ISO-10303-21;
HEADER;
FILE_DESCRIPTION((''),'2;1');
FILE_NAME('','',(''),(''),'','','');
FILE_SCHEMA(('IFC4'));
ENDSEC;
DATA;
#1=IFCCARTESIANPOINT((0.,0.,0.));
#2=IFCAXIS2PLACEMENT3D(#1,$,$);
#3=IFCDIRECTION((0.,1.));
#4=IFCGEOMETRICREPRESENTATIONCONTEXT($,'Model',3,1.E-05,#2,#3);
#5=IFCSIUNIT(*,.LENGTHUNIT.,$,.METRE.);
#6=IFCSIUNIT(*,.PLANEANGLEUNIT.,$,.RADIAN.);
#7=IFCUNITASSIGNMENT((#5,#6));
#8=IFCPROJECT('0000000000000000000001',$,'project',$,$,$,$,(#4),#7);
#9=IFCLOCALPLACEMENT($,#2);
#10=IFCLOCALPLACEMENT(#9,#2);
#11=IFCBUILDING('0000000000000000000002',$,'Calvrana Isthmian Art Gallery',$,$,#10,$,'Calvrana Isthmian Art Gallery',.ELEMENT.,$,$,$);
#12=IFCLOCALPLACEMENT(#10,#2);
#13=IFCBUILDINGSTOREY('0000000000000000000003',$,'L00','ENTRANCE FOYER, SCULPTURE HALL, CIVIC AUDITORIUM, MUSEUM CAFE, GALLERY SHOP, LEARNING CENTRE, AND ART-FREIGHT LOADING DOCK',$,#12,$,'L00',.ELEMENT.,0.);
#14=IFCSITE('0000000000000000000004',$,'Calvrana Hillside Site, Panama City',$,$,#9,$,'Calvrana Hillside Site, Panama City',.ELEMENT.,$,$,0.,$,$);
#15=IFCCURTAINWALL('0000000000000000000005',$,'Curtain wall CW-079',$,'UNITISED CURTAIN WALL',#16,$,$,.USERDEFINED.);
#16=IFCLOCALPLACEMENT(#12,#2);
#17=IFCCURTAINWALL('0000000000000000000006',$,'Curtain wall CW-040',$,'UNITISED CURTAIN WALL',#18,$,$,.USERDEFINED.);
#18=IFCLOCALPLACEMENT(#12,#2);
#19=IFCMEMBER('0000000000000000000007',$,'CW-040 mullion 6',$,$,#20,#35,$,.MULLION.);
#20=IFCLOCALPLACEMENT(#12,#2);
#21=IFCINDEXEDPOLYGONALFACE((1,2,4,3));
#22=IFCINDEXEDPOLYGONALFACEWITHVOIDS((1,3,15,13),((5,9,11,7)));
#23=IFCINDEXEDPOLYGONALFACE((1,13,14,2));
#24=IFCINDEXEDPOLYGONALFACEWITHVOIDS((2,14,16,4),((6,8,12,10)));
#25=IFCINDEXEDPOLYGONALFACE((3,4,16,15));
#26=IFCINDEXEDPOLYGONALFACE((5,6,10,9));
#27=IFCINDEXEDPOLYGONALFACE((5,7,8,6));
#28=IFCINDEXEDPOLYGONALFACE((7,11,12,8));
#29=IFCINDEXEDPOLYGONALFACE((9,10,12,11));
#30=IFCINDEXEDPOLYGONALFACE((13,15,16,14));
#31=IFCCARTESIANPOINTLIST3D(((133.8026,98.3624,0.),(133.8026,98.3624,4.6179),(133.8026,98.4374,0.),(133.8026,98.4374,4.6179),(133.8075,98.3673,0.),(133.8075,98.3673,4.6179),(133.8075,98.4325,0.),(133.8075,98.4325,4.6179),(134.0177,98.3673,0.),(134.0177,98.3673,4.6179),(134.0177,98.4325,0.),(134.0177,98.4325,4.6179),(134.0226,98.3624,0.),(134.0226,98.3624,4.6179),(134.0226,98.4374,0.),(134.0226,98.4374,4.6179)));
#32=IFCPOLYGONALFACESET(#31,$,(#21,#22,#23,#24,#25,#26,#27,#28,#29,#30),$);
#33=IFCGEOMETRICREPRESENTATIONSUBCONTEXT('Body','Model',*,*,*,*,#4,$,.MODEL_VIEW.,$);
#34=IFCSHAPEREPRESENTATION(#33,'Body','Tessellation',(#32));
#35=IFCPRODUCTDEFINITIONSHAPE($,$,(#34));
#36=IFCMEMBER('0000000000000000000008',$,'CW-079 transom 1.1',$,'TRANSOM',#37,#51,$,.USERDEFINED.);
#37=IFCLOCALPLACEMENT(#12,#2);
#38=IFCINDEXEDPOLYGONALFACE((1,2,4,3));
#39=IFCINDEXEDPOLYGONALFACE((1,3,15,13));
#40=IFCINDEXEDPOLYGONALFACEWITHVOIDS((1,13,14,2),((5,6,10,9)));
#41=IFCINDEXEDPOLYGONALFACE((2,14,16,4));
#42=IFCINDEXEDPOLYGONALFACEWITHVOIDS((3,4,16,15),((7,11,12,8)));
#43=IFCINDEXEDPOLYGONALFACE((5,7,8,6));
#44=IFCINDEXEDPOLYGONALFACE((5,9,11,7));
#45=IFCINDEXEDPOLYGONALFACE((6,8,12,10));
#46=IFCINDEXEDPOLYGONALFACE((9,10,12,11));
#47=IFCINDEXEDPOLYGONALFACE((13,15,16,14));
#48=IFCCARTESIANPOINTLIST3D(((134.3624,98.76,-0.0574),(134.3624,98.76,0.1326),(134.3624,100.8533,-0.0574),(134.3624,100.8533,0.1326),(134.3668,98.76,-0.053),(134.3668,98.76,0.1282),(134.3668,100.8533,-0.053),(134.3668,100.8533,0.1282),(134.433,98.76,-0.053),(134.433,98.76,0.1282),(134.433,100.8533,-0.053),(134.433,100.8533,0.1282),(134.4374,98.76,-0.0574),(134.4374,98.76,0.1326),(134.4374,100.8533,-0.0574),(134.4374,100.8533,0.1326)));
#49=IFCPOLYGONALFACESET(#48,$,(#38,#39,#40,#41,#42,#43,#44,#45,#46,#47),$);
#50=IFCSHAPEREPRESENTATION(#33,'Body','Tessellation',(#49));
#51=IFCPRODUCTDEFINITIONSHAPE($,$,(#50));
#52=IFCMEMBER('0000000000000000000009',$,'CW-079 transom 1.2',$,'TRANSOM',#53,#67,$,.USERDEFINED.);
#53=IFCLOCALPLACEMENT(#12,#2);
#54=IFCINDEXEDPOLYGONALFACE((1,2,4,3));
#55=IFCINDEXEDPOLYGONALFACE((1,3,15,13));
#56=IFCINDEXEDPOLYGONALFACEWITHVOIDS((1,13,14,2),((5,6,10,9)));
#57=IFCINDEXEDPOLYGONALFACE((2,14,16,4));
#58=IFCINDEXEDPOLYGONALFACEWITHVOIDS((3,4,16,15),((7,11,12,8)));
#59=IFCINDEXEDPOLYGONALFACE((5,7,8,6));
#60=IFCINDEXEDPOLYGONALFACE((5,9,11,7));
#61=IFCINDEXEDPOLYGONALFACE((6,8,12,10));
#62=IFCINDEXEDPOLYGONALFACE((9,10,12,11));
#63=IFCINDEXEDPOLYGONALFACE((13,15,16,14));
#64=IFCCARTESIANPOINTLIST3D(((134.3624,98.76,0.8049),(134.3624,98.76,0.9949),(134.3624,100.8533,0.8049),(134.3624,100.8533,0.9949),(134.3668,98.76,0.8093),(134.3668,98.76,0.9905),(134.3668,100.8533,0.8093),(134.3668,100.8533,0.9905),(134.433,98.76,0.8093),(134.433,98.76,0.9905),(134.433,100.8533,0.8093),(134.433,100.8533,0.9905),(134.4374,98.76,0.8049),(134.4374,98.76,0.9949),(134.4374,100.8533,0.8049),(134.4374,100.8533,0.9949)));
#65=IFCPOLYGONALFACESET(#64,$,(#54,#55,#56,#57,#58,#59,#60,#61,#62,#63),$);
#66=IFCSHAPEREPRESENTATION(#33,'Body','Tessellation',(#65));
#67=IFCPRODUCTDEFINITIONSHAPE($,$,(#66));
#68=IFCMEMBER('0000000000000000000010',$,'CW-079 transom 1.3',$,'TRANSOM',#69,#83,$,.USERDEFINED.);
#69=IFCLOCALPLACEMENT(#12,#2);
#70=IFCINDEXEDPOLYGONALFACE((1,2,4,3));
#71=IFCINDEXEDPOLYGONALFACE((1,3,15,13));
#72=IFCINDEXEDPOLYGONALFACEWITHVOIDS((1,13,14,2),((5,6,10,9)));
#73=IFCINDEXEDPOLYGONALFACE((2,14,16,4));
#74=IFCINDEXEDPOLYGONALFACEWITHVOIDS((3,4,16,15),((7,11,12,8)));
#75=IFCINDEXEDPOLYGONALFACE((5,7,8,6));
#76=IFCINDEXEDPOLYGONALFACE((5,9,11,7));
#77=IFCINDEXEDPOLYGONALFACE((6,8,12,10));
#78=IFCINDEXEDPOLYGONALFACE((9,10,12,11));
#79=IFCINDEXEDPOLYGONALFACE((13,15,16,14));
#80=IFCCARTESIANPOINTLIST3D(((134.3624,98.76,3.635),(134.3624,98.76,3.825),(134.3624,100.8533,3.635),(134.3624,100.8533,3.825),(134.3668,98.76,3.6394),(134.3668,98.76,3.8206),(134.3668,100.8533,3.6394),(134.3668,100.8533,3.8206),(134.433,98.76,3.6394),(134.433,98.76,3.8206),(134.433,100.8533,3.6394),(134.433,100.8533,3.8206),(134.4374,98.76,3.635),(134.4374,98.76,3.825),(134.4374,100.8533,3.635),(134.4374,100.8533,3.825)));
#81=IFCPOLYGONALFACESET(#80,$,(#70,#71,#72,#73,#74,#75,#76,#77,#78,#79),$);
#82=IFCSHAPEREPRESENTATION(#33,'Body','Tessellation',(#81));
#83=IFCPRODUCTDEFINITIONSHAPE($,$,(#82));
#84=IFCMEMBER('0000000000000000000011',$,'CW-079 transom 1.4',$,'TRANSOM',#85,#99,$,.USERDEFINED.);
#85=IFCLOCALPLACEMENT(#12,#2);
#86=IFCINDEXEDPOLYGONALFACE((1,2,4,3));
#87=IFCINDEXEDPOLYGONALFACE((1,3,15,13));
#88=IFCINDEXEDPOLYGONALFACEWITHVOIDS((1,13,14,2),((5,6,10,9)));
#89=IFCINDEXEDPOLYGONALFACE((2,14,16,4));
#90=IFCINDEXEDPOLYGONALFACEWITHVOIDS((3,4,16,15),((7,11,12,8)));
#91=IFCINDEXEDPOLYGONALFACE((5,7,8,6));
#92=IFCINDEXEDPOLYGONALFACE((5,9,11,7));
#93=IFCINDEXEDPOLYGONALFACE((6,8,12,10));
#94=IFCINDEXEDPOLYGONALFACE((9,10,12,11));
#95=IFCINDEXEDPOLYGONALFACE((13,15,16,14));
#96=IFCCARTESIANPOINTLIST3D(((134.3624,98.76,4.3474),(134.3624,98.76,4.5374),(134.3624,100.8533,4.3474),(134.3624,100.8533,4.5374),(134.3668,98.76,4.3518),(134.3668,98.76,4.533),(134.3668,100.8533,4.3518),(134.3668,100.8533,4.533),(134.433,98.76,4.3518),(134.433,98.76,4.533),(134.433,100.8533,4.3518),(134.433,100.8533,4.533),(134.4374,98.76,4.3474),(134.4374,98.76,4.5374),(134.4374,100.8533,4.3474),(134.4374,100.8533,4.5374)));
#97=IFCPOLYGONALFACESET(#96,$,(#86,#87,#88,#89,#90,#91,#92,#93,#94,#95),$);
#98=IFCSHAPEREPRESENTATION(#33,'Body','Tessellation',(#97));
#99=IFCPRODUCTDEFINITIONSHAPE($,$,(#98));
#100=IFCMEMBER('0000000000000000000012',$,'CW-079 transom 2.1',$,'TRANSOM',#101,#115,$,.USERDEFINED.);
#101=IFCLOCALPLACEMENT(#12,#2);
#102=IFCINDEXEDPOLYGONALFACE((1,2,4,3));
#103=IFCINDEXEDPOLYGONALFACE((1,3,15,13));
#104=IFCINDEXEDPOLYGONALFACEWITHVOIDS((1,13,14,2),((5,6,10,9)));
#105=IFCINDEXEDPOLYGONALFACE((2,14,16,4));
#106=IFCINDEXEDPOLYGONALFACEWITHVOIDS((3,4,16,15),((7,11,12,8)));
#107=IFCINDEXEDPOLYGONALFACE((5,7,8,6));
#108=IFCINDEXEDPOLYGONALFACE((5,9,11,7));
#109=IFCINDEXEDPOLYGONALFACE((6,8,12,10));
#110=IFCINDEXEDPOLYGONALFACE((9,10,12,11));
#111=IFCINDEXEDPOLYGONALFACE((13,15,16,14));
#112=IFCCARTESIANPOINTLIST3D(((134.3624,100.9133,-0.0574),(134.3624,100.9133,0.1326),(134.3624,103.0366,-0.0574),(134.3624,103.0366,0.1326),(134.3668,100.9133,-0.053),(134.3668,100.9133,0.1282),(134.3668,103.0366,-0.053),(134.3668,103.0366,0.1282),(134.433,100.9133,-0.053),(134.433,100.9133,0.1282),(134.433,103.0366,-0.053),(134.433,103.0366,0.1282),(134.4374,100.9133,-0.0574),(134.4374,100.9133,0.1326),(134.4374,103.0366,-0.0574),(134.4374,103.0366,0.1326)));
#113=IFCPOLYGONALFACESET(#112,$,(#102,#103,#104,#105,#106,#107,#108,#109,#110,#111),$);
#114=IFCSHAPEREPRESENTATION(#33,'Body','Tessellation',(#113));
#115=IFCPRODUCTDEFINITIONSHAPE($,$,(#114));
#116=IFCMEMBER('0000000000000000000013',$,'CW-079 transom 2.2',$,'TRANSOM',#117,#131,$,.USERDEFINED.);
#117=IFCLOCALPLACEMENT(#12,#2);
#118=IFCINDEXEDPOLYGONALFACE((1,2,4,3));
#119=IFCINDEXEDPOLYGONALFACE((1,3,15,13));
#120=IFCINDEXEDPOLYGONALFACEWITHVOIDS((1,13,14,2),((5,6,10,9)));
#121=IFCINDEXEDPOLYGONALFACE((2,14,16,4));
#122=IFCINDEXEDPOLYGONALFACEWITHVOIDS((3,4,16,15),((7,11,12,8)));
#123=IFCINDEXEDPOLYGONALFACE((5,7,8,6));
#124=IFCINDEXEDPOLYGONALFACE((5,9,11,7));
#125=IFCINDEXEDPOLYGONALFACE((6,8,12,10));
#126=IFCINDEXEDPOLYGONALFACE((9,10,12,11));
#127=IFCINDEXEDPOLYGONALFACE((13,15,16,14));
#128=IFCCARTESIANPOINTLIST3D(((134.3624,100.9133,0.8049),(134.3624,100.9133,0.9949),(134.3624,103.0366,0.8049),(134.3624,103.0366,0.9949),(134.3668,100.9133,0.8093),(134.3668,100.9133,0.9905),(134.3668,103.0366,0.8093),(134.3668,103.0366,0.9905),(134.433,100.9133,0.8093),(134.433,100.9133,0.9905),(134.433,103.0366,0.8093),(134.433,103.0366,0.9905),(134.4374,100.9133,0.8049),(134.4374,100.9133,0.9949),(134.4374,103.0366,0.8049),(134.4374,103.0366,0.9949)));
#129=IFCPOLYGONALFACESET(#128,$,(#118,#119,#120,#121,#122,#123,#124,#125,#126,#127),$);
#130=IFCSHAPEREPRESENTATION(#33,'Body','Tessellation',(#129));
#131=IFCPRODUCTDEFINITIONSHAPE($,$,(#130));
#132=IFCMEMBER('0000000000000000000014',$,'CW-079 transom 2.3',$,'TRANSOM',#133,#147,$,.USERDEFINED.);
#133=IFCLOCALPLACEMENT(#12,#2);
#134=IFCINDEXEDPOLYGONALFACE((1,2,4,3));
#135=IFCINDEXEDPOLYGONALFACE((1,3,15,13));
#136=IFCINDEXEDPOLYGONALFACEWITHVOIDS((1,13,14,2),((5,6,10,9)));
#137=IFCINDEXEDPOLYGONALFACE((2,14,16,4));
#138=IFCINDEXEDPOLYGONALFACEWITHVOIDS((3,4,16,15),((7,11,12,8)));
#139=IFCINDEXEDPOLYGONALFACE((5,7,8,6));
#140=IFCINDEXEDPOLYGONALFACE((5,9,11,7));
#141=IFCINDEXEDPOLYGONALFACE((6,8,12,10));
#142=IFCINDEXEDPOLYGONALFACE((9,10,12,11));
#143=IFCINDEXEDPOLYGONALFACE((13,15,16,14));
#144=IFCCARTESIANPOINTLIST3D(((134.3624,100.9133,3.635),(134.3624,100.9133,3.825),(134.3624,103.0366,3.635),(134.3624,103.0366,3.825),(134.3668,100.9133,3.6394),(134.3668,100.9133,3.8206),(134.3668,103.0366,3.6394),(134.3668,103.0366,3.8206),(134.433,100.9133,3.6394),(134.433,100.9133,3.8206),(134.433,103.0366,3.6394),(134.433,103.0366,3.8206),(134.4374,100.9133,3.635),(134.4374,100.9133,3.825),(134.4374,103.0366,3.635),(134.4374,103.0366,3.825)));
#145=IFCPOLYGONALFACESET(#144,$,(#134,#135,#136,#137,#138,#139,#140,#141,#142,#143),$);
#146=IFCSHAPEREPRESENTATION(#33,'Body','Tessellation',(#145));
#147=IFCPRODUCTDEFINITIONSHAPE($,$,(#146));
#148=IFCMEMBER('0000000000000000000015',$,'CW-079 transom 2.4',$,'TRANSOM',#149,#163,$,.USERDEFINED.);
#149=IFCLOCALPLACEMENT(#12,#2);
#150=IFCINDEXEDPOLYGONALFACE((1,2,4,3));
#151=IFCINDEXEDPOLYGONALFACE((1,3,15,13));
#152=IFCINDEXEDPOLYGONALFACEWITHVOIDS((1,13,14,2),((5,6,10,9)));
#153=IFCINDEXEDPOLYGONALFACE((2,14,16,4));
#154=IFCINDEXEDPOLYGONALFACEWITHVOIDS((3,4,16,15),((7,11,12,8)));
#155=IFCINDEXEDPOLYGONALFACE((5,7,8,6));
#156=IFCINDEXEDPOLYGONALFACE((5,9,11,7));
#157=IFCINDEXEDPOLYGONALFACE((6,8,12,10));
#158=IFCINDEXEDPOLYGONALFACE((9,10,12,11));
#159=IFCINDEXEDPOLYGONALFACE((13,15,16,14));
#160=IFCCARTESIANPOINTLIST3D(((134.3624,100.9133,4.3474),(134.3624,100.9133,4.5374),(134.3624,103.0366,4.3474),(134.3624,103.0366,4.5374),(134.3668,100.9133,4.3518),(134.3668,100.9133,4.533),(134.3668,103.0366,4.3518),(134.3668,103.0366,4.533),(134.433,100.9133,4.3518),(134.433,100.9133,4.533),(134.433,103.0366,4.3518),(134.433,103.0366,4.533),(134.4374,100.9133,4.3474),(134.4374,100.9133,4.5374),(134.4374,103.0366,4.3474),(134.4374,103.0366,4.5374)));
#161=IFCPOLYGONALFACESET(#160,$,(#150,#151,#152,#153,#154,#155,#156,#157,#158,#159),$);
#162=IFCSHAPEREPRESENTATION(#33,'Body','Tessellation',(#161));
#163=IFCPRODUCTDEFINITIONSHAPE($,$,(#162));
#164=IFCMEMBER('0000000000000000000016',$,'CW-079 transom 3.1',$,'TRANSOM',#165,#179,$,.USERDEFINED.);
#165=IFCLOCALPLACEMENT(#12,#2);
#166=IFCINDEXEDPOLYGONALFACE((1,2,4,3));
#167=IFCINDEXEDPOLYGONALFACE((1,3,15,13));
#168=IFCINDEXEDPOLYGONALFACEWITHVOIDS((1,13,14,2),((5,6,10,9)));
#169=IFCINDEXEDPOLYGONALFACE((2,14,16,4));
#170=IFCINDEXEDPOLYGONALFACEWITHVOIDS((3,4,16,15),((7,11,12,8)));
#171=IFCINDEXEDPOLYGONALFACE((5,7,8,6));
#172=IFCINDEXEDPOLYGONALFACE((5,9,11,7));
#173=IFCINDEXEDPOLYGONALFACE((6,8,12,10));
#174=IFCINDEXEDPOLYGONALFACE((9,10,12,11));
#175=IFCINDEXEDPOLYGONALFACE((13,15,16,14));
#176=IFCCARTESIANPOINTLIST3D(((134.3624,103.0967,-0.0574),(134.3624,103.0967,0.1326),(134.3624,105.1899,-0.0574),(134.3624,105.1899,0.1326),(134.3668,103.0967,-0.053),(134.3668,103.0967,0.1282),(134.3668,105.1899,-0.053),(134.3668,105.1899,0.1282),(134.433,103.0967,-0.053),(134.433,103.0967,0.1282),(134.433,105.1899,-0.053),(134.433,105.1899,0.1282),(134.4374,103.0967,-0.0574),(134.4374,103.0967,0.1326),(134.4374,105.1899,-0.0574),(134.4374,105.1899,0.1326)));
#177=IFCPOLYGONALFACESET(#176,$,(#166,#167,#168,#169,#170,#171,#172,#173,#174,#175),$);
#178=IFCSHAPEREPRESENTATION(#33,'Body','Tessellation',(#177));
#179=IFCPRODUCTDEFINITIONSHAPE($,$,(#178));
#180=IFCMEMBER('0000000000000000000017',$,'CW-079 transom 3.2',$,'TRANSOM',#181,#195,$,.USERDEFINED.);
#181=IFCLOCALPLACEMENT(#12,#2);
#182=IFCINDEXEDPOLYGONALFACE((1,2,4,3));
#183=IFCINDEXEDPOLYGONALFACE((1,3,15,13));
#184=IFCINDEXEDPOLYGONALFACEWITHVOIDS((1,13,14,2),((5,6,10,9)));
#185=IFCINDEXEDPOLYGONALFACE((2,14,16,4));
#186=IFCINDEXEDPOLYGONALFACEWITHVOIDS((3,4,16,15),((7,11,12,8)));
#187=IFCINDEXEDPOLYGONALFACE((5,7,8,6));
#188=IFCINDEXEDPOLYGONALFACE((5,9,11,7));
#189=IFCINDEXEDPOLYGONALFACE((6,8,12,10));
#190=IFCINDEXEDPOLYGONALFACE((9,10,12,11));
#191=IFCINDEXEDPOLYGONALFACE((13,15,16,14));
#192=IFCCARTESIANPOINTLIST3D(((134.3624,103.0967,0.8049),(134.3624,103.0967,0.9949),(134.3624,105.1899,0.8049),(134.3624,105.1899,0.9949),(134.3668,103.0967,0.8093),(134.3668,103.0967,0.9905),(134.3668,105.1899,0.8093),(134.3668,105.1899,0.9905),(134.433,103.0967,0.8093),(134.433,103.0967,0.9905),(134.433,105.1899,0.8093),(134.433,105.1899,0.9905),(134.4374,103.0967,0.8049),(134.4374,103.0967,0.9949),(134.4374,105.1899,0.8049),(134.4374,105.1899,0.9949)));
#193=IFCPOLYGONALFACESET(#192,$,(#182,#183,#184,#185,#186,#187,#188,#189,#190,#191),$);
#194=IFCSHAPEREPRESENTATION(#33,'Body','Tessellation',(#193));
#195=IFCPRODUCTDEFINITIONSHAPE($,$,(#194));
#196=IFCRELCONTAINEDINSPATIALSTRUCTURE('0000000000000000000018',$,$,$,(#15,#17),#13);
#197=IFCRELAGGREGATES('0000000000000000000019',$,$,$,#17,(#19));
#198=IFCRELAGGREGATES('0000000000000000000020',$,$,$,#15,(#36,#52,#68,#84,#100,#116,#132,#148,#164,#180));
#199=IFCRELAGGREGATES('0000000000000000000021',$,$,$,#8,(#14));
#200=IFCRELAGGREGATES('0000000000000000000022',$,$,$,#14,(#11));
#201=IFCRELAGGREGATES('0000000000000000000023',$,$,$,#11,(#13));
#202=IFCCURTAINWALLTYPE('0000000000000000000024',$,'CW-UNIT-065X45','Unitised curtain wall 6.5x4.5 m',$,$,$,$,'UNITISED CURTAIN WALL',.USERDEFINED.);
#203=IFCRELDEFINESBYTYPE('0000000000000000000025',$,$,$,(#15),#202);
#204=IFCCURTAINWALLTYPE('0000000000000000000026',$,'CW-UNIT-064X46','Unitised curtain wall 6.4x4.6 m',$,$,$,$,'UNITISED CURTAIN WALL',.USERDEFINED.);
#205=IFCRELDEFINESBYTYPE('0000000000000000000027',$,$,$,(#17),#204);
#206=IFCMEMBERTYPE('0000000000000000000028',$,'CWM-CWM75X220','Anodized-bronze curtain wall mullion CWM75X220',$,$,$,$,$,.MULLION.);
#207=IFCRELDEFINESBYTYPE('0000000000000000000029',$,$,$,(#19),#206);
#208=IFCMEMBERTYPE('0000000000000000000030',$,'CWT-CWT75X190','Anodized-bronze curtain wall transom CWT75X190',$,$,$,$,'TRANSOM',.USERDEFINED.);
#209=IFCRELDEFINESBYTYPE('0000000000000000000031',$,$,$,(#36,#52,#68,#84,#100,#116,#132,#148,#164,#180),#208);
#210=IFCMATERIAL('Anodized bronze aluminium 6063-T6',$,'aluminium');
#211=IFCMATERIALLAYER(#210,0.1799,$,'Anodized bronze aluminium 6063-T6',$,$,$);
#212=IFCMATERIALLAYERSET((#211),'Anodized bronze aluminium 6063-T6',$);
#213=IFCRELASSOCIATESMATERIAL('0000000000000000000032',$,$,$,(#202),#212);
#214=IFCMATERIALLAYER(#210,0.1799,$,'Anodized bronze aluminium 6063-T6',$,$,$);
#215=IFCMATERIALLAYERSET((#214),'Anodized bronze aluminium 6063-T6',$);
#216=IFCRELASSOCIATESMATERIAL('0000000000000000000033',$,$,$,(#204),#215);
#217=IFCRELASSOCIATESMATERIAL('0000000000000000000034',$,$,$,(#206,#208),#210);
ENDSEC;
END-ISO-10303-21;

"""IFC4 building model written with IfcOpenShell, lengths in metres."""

from ifc_helpers import new_model, si_unit, direction, frame, origin, origin_2d, place, context, subcontext, project, spatial, hollow_rectangle, extrude, material, layer, layer_set, material_profile, profile_set, type_object, element, aggregate, save


model = new_model("IFC4")

# Units and contexts
model_context = context("Model", 3, precision=1e-05, world=origin(), true_north=direction((0.0, 1.0)))
body_context = subcontext(model_context, "Body", "Model", "MODEL_VIEW")
ifc_project = project(units=[si_unit("LENGTHUNIT", "METRE"), si_unit("PLANEANGLEUNIT", "RADIAN")], contexts=[model_context])

# Site, building, storey
site_placement = place(None, origin())
site = spatial("IfcSite", under=ifc_project, at=site_placement, Name="Calvrana Hillside Site, Panama City", LongName="Calvrana Hillside Site, Panama City", CompositionType="ELEMENT", RefElevation=0.0)
building_placement = place(site_placement, origin())
building = spatial("IfcBuilding", under=site, at=building_placement, Name="Calvrana Isthmian Art Gallery", LongName="Calvrana Isthmian Art Gallery", CompositionType="ELEMENT")
storey_placement = place(building_placement, origin())
storey = spatial("IfcBuildingStorey", under=building, at=storey_placement, Name="L00", Description="ENTRANCE FOYER, SCULPTURE HALL, CIVIC AUDITORIUM, MUSEUM CAFE, GALLERY SHOP, LEARNING CENTRE, AND ART-FREIGHT LOADING DOCK", LongName="L00", CompositionType="ELEMENT", Elevation=0.0)

# Curtain wall
ifc_material_1 = material(Name="Anodized bronze aluminium 6063-T6", Category="aluminium")
ifc_layer_1 = layer(ifc_material_1, 0.1799, Name="Anodized bronze aluminium 6063-T6")
ifc_layer_set_1 = layer_set([ifc_layer_1], Name="Anodized bronze aluminium 6063-T6")
curtain_wall_type_1 = type_object("IfcCurtainWallType", Name="CW-UNIT-065X45", Description="Unitised curtain wall 6.5x4.5 m", ElementType="UNITISED CURTAIN WALL", PredefinedType="USERDEFINED", material=ifc_layer_set_1)
curtain_wall_1_placement = place(storey_placement, origin())
curtain_wall_1 = element("IfcCurtainWall", 1, at=curtain_wall_1_placement, inside=storey, type_object=curtain_wall_type_1, Name="Curtain wall CW-079", ObjectType="UNITISED CURTAIN WALL", PredefinedType="USERDEFINED")

# Curtain wall, member
ifc_layer_2 = layer(ifc_material_1, 0.1799, Name="Anodized bronze aluminium 6063-T6")
ifc_layer_set_2 = layer_set([ifc_layer_2], Name="Anodized bronze aluminium 6063-T6")
curtain_wall_type_2 = type_object("IfcCurtainWallType", Name="CW-UNIT-064X46", Description="Unitised curtain wall 6.4x4.6 m", ElementType="UNITISED CURTAIN WALL", PredefinedType="USERDEFINED", material=ifc_layer_set_2)
curtain_wall_2_placement = place(storey_placement, origin())
curtain_wall_2 = element("IfcCurtainWall", 2, at=curtain_wall_2_placement, inside=storey, type_object=curtain_wall_type_2, Name="Curtain wall CW-040", ObjectType="UNITISED CURTAIN WALL", PredefinedType="USERDEFINED")
ifc_material_profile_1 = material_profile(ifc_material_1, hollow_rectangle(XDim=0.075, YDim=0.22, WallThickness=0.0049, at=origin_2d()), Name="CWM75X220")
ifc_profile_set_1 = profile_set([ifc_material_profile_1], Name="Anodized bronze aluminium 6063-T6")
member_type_1 = type_object("IfcMemberType", Name="CWM-CWM75X220", Description="Anodized-bronze curtain wall mullion CWM75X220", PredefinedType="MULLION", material=ifc_profile_set_1)
member_1_placement = place(storey_placement, frame((133.9126, 98.3999, 0.0), z_axis=(0.0, 0.0, 1.0), x_axis=(0.0, 1.0, 0.0)))
member_1 = element("IfcMember", 3, at=member_1_placement, type_object=member_type_1, Name="CW-040 mullion 6", PredefinedType="MULLION", context=body_context, shape_type="SweptSolid", body=[
    extrude(hollow_rectangle(XDim=0.075, YDim=0.22, WallThickness=0.0049, at=origin_2d()), origin(), (0.0, 0.0, 1.0), 4.6179),
])

# Members
ifc_material_profile_2 = material_profile(ifc_material_1, hollow_rectangle(XDim=0.075, YDim=0.1899, WallThickness=0.0044, at=origin_2d()), Name="CWT75X190")
ifc_profile_set_2 = profile_set([ifc_material_profile_2], Name="Anodized bronze aluminium 6063-T6")
member_type_2 = type_object("IfcMemberType", Name="CWT-CWT75X190", Description="Anodized-bronze curtain wall transom CWT75X190", ElementType="TRANSOM", PredefinedType="USERDEFINED", material=ifc_profile_set_2)
member_2_placement = place(storey_placement, frame((134.3999, 98.76, 0.0376), z_axis=(0.0, 1.0, 0.0), x_axis=(-1.0, 0.0, 0.0)))
member_2 = element("IfcMember", 4, at=member_2_placement, type_object=member_type_2, Name="CW-079 transom 1.1", ObjectType="TRANSOM", PredefinedType="USERDEFINED", context=body_context, shape_type="SweptSolid", body=[
    extrude(hollow_rectangle(XDim=0.075, YDim=0.1899, WallThickness=0.0044, at=origin_2d()), origin(), (0.0, 0.0, 1.0), 2.0933),
])
member_3_placement = place(storey_placement, frame((134.3999, 98.76, 0.8999), z_axis=(0.0, 1.0, 0.0), x_axis=(-1.0, 0.0, 0.0)))
member_3 = element("IfcMember", 5, at=member_3_placement, type_object=member_type_2, Name="CW-079 transom 1.2", ObjectType="TRANSOM", PredefinedType="USERDEFINED", context=body_context, shape_type="SweptSolid", body=[
    extrude(hollow_rectangle(XDim=0.075, YDim=0.1899, WallThickness=0.0044, at=origin_2d()), origin(), (0.0, 0.0, 1.0), 2.0933),
])
member_4_placement = place(storey_placement, frame((134.3999, 98.76, 3.73), z_axis=(0.0, 1.0, 0.0), x_axis=(-1.0, 0.0, 0.0)))
member_4 = element("IfcMember", 6, at=member_4_placement, type_object=member_type_2, Name="CW-079 transom 1.3", ObjectType="TRANSOM", PredefinedType="USERDEFINED", context=body_context, shape_type="SweptSolid", body=[
    extrude(hollow_rectangle(XDim=0.075, YDim=0.1899, WallThickness=0.0044, at=origin_2d()), origin(), (0.0, 0.0, 1.0), 2.0933),
])
member_5_placement = place(storey_placement, frame((134.3999, 98.76, 4.4424), z_axis=(0.0, 1.0, 0.0), x_axis=(-1.0, 0.0, 0.0)))
member_5 = element("IfcMember", 7, at=member_5_placement, type_object=member_type_2, Name="CW-079 transom 1.4", ObjectType="TRANSOM", PredefinedType="USERDEFINED", context=body_context, shape_type="SweptSolid", body=[
    extrude(hollow_rectangle(XDim=0.075, YDim=0.1899, WallThickness=0.0044, at=origin_2d()), origin(), (0.0, 0.0, 1.0), 2.0933),
])
member_6_placement = place(storey_placement, frame((134.3999, 100.9133, 0.0376), z_axis=(0.0, 1.0, 0.0), x_axis=(-1.0, 0.0, 0.0)))
member_6 = element("IfcMember", 8, at=member_6_placement, type_object=member_type_2, Name="CW-079 transom 2.1", ObjectType="TRANSOM", PredefinedType="USERDEFINED", context=body_context, shape_type="SweptSolid", body=[
    extrude(hollow_rectangle(XDim=0.075, YDim=0.1899, WallThickness=0.0044, at=origin_2d()), origin(), (0.0, 0.0, 1.0), 2.1233),
])
member_7_placement = place(storey_placement, frame((134.3999, 100.9133, 0.8999), z_axis=(0.0, 1.0, 0.0), x_axis=(-1.0, 0.0, 0.0)))
member_7 = element("IfcMember", 9, at=member_7_placement, type_object=member_type_2, Name="CW-079 transom 2.2", ObjectType="TRANSOM", PredefinedType="USERDEFINED", context=body_context, shape_type="SweptSolid", body=[
    extrude(hollow_rectangle(XDim=0.075, YDim=0.1899, WallThickness=0.0044, at=origin_2d()), origin(), (0.0, 0.0, 1.0), 2.1233),
])
member_8_placement = place(storey_placement, frame((134.3999, 100.9133, 3.73), z_axis=(0.0, 1.0, 0.0), x_axis=(-1.0, 0.0, 0.0)))
member_8 = element("IfcMember", 10, at=member_8_placement, type_object=member_type_2, Name="CW-079 transom 2.3", ObjectType="TRANSOM", PredefinedType="USERDEFINED", context=body_context, shape_type="SweptSolid", body=[
    extrude(hollow_rectangle(XDim=0.075, YDim=0.1899, WallThickness=0.0044, at=origin_2d()), origin(), (0.0, 0.0, 1.0), 2.1233),
])
member_9_placement = place(storey_placement, frame((134.3999, 100.9133, 4.4424), z_axis=(0.0, 1.0, 0.0), x_axis=(-1.0, 0.0, 0.0)))
member_9 = element("IfcMember", 11, at=member_9_placement, type_object=member_type_2, Name="CW-079 transom 2.4", ObjectType="TRANSOM", PredefinedType="USERDEFINED", context=body_context, shape_type="SweptSolid", body=[
    extrude(hollow_rectangle(XDim=0.075, YDim=0.1899, WallThickness=0.0044, at=origin_2d()), origin(), (0.0, 0.0, 1.0), 2.1233),
])
member_10_placement = place(storey_placement, frame((134.3999, 103.0967, 0.0376), z_axis=(0.0, 1.0, 0.0), x_axis=(-1.0, 0.0, 0.0)))
member_10 = element("IfcMember", 12, at=member_10_placement, type_object=member_type_2, Name="CW-079 transom 3.1", ObjectType="TRANSOM", PredefinedType="USERDEFINED", context=body_context, shape_type="SweptSolid", body=[
    extrude(hollow_rectangle(XDim=0.075, YDim=0.1899, WallThickness=0.0044, at=origin_2d()), origin(), (0.0, 0.0, 1.0), 2.0933),
])
member_11_placement = place(storey_placement, frame((134.3999, 103.0967, 0.8999), z_axis=(0.0, 1.0, 0.0), x_axis=(-1.0, 0.0, 0.0)))
member_11 = element("IfcMember", 13, at=member_11_placement, type_object=member_type_2, Name="CW-079 transom 3.2", ObjectType="TRANSOM", PredefinedType="USERDEFINED", context=body_context, shape_type="SweptSolid", body=[
    extrude(hollow_rectangle(XDim=0.075, YDim=0.1899, WallThickness=0.0044, at=origin_2d()), origin(), (0.0, 0.0, 1.0), 2.0933),
])

aggregate(curtain_wall_2, [member_1])
aggregate(curtain_wall_1, [member_2, member_3, member_4, member_5, member_6, member_7, member_8, member_9, member_10, member_11])

save(model, "model.ifc")
